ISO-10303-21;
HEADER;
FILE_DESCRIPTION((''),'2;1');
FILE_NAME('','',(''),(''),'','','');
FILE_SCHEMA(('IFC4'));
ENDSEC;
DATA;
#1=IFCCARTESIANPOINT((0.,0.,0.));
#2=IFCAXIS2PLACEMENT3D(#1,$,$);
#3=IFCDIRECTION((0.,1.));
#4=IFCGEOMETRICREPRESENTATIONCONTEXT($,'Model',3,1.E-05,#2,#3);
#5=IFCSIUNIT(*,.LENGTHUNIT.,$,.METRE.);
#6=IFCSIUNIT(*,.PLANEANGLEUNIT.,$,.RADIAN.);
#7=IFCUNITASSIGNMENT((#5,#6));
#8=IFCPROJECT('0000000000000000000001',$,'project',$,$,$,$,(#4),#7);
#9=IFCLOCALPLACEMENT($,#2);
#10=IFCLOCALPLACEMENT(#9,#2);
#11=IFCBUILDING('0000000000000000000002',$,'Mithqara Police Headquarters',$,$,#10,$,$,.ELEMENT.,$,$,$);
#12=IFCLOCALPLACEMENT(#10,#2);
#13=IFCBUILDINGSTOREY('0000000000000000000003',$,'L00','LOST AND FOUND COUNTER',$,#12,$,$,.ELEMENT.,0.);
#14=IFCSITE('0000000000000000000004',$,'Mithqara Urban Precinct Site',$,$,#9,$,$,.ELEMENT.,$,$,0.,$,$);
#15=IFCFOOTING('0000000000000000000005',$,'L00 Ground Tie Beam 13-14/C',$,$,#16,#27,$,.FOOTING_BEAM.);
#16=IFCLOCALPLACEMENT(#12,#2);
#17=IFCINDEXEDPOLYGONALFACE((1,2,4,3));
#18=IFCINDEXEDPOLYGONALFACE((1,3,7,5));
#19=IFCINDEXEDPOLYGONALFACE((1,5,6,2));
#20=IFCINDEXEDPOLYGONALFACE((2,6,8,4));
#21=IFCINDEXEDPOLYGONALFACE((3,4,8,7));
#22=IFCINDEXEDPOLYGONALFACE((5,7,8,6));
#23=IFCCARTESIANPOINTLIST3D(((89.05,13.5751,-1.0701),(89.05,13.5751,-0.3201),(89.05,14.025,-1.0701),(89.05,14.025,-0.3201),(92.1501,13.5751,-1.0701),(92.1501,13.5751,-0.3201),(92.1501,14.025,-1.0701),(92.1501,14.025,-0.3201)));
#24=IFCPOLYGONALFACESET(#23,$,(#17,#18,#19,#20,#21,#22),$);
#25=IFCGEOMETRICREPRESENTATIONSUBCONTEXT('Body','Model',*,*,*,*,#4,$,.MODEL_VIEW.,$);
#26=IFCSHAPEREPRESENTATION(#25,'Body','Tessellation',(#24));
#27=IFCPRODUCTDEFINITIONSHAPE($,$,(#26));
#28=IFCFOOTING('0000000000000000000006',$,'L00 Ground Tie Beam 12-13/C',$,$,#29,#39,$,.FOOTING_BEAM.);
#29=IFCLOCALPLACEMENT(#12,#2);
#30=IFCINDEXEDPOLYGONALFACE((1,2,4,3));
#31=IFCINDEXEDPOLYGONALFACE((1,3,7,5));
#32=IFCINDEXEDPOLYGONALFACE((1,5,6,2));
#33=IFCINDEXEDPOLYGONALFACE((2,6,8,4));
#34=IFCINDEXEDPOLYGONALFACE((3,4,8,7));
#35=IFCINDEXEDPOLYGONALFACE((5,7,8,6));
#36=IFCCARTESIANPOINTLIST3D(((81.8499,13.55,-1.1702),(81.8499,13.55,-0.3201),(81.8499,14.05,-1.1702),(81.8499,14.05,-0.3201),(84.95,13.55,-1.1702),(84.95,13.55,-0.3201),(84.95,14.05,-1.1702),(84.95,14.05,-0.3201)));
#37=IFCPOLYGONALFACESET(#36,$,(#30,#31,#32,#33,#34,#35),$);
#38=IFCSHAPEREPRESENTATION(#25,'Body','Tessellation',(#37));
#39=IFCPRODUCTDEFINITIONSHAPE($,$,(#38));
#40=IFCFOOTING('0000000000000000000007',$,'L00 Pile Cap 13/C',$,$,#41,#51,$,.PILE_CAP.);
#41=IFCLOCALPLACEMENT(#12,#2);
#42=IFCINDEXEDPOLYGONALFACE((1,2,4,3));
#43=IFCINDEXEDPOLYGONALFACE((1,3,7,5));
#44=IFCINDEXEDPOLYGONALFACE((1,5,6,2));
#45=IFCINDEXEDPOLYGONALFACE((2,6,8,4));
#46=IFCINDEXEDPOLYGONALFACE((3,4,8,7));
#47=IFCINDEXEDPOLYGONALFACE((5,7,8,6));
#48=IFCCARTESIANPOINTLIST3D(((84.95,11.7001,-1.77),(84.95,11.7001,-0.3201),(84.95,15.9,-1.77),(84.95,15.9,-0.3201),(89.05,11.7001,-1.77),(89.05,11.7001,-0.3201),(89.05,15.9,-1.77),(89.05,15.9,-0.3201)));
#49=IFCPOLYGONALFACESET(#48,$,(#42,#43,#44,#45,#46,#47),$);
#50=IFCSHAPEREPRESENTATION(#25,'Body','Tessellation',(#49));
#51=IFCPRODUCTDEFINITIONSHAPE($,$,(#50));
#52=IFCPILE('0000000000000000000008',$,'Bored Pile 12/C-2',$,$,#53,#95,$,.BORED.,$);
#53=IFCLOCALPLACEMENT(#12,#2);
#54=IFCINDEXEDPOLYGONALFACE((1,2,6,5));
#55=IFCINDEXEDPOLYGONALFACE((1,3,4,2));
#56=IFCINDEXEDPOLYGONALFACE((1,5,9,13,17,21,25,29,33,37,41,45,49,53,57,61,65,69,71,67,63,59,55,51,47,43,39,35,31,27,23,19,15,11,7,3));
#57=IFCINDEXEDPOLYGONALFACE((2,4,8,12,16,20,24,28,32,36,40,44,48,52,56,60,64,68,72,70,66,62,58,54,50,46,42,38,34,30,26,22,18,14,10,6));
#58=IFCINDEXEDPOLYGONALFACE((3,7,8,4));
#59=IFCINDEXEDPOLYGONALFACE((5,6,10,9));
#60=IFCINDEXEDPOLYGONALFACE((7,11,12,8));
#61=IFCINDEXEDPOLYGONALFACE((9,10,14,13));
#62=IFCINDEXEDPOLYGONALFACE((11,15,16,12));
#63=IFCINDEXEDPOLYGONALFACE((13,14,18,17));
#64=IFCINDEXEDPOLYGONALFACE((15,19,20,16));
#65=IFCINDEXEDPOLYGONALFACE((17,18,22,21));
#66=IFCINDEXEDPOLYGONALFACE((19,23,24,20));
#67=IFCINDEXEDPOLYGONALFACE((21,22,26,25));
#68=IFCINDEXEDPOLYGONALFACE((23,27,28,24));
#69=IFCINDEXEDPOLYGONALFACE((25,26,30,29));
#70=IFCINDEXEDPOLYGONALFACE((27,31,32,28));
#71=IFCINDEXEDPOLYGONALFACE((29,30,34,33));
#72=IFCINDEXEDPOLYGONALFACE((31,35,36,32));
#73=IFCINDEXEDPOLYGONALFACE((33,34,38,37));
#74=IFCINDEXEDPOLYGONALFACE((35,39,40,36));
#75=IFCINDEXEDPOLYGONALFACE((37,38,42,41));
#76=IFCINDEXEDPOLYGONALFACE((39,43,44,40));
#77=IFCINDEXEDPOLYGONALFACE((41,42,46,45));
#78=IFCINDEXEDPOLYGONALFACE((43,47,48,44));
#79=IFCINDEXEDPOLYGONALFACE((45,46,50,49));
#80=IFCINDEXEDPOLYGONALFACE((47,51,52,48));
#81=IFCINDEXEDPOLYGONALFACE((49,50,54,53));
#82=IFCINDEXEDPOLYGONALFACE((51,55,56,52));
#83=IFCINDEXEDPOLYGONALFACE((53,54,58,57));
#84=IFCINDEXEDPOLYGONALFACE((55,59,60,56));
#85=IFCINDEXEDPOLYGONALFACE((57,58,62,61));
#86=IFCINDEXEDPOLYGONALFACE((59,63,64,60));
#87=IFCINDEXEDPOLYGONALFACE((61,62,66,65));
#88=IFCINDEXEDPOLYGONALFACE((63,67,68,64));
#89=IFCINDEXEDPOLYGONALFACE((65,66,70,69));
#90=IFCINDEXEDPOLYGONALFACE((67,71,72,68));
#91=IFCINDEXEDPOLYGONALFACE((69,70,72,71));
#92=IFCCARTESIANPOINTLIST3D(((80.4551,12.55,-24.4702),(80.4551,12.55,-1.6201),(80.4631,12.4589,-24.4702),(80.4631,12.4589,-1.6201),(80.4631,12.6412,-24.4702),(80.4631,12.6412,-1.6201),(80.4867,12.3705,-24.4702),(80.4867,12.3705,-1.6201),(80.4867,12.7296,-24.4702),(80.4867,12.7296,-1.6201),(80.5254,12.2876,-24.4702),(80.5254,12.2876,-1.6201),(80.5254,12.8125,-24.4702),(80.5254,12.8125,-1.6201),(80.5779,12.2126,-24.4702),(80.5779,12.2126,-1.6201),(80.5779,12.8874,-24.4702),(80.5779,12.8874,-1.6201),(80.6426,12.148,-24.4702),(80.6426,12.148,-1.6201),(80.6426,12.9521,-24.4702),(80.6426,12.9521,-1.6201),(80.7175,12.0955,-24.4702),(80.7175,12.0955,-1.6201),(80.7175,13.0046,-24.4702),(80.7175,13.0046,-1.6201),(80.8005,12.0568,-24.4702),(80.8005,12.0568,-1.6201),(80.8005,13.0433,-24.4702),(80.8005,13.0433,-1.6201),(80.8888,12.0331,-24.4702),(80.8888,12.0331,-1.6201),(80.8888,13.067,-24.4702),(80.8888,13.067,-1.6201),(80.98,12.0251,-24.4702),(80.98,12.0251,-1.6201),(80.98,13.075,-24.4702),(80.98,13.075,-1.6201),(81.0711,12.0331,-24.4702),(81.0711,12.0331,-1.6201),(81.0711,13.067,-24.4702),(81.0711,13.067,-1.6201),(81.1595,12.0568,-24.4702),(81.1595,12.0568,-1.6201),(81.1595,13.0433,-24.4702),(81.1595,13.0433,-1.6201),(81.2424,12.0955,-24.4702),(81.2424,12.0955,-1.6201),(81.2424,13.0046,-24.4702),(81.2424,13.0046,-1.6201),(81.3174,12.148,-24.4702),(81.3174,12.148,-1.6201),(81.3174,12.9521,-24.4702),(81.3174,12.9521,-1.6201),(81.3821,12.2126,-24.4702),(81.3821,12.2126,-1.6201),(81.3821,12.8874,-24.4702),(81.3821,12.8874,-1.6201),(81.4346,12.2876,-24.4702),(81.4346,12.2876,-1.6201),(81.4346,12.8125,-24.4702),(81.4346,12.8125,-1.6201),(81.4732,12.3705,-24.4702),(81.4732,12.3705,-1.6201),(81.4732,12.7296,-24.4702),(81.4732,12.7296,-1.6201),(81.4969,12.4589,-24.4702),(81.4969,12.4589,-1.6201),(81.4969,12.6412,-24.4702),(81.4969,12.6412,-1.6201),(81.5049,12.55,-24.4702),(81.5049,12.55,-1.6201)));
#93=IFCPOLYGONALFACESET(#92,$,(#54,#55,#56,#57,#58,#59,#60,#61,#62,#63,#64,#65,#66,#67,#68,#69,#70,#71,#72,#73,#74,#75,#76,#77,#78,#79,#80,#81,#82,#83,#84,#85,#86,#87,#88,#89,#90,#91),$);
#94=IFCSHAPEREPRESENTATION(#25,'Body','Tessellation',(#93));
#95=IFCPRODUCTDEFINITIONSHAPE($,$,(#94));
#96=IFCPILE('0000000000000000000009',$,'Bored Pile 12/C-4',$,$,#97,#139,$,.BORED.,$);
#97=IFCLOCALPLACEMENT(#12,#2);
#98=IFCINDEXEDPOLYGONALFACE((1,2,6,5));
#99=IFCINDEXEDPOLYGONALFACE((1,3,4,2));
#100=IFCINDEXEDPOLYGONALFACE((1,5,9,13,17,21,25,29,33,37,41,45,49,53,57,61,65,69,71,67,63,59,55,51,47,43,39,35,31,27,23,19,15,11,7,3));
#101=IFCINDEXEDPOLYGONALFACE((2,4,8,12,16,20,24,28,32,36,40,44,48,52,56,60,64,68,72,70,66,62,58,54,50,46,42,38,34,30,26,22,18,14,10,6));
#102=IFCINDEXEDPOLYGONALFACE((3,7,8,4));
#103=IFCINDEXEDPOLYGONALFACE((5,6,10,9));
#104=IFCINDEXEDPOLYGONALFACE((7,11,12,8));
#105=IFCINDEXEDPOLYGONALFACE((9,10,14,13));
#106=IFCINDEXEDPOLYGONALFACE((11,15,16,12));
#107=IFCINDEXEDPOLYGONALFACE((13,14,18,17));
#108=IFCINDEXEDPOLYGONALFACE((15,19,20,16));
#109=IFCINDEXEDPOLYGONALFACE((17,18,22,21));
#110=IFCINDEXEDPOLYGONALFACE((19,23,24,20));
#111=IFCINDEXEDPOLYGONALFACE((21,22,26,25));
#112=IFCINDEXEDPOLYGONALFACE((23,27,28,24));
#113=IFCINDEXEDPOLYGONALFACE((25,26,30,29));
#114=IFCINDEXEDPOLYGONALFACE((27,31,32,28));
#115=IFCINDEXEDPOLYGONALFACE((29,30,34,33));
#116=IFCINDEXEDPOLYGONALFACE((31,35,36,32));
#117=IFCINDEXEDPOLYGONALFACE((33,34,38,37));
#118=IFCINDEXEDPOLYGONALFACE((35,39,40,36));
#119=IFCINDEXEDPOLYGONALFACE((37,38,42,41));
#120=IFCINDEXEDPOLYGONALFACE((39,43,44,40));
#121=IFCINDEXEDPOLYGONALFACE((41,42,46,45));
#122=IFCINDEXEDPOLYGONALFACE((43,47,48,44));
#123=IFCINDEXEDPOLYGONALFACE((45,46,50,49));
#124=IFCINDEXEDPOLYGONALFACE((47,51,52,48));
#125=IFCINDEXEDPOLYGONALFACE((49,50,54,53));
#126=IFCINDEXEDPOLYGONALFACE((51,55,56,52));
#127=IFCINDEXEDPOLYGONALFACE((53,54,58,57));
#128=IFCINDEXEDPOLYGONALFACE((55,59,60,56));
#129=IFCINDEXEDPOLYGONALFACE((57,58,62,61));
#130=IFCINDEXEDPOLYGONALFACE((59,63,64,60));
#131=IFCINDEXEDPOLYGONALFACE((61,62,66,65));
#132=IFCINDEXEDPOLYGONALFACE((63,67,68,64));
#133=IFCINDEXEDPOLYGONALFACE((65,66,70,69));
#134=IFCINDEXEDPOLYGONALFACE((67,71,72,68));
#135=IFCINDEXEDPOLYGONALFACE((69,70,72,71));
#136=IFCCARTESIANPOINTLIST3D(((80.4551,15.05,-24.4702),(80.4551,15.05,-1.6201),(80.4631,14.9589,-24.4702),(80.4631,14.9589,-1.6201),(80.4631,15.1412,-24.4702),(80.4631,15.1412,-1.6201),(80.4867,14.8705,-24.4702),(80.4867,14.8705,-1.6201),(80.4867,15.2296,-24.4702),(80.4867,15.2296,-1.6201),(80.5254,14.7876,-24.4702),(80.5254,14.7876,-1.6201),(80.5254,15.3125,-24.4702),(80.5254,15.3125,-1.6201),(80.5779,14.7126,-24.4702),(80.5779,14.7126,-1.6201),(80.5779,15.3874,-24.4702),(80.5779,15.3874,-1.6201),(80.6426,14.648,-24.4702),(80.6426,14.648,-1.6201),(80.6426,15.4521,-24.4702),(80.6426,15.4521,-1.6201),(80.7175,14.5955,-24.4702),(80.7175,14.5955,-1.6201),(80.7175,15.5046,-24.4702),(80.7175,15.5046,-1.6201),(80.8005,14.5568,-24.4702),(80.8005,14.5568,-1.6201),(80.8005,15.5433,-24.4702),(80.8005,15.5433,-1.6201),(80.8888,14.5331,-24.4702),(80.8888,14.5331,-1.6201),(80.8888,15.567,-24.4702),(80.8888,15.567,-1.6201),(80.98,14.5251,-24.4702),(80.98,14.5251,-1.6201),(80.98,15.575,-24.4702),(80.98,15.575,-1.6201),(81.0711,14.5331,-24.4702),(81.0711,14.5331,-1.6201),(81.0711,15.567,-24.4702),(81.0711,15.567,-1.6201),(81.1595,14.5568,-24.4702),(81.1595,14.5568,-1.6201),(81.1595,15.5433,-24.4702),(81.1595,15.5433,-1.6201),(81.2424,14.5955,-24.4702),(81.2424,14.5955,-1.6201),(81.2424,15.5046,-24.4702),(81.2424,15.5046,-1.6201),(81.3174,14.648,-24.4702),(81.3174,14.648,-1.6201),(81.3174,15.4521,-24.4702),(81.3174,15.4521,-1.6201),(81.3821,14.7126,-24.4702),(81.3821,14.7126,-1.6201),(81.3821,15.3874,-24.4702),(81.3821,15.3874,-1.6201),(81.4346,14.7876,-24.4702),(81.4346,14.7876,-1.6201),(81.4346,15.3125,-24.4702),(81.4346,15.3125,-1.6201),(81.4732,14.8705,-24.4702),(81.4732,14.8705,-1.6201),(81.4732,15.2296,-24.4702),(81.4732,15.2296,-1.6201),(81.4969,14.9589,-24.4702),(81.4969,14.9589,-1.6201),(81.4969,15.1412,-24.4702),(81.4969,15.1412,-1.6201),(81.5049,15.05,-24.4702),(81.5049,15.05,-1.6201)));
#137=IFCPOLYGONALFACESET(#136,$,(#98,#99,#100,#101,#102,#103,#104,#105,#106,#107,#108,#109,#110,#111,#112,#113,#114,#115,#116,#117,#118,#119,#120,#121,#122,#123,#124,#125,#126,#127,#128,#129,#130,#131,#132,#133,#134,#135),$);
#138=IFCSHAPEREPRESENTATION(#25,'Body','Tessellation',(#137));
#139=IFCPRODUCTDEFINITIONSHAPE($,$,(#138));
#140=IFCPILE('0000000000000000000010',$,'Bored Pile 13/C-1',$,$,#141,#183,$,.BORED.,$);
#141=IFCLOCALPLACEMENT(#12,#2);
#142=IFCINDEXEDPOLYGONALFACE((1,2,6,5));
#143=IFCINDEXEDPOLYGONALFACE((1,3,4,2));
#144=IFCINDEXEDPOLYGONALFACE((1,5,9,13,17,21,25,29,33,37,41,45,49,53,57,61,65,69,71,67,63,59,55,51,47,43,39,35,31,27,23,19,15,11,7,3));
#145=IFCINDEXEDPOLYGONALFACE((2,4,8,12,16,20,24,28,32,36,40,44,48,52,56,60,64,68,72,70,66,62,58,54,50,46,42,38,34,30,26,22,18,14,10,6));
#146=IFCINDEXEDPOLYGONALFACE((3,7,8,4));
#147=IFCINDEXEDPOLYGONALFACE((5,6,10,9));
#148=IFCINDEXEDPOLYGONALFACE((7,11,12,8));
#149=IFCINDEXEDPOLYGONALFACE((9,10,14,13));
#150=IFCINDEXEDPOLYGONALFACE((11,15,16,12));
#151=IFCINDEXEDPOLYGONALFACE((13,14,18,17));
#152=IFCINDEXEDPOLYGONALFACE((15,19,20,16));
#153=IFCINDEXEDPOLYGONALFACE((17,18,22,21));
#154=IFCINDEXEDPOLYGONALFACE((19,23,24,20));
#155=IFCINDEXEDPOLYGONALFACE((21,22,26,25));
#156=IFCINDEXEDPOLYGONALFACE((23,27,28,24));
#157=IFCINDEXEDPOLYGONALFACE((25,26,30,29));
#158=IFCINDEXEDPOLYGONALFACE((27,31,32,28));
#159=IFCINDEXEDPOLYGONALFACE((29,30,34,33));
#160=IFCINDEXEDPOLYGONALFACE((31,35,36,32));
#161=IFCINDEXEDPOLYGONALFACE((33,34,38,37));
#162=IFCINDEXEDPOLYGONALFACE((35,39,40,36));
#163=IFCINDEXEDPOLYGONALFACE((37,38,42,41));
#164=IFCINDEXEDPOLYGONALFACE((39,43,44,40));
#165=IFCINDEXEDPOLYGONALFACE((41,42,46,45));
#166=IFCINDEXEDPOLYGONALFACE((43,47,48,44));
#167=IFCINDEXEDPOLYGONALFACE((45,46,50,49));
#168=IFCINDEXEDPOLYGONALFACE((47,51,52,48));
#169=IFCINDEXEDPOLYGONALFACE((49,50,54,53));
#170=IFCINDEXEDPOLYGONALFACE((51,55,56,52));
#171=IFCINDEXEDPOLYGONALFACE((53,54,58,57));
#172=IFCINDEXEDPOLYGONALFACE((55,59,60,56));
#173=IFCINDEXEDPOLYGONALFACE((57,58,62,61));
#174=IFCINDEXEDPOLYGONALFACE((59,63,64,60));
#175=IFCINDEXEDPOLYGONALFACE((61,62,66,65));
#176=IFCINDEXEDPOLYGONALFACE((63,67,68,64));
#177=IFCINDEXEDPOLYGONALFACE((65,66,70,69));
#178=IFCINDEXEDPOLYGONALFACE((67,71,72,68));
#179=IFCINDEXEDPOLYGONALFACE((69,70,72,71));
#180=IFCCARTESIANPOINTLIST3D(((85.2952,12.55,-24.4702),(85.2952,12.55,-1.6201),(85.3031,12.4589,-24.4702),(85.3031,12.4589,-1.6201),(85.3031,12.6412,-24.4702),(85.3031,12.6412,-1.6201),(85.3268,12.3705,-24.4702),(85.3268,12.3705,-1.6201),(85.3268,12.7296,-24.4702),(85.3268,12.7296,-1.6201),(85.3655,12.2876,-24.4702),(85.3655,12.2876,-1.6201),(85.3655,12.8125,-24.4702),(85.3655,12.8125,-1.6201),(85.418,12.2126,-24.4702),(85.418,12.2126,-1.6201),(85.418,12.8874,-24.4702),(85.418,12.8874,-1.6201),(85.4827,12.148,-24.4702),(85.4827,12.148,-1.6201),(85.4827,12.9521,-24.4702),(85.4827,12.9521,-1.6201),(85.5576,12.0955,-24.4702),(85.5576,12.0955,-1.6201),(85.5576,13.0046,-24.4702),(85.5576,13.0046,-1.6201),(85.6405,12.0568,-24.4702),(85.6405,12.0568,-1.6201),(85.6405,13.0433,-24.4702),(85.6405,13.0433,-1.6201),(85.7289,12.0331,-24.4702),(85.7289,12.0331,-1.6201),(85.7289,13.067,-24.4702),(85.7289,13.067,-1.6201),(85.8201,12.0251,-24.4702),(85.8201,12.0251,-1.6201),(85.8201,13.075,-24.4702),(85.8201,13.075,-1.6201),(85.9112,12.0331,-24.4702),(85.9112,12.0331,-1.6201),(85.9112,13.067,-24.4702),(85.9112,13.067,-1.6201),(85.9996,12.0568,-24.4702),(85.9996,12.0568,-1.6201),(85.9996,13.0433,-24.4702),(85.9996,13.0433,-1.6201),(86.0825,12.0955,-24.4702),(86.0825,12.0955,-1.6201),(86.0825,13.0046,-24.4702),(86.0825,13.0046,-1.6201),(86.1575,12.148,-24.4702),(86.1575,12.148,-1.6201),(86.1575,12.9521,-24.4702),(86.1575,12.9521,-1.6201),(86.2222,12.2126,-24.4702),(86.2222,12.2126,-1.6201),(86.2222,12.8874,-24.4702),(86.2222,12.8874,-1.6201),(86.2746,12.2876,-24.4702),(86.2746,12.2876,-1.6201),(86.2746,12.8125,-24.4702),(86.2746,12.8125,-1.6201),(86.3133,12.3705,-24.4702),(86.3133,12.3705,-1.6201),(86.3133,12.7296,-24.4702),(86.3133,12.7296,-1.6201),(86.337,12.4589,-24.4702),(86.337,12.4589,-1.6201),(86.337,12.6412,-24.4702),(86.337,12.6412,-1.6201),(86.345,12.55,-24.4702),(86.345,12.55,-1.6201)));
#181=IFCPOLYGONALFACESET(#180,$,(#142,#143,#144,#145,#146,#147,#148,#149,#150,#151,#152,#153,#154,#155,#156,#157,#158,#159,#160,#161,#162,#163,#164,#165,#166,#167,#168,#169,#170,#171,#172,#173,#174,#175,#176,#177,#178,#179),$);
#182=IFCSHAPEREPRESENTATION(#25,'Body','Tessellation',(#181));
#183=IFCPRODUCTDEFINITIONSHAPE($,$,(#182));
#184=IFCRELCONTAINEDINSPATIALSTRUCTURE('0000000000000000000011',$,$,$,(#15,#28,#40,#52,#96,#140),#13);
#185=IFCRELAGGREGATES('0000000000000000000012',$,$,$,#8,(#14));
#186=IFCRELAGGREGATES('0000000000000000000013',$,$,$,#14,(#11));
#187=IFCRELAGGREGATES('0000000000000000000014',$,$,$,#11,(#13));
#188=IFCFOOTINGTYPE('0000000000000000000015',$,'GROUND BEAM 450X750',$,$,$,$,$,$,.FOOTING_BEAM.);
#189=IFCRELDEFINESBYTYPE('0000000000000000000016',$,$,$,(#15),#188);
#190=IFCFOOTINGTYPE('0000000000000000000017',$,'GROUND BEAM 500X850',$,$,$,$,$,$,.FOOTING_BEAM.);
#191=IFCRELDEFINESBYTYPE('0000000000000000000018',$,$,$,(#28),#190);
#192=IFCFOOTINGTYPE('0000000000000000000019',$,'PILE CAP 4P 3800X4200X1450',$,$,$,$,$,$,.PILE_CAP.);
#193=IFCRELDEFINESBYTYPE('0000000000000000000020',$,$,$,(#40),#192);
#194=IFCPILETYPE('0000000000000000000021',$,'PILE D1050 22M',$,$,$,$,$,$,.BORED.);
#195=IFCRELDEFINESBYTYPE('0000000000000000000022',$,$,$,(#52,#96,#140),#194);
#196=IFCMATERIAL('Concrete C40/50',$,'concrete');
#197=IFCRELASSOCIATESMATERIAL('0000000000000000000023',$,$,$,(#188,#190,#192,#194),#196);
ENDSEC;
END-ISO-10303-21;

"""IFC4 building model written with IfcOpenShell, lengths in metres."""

from ifc_helpers import new_model, si_unit, direction, frame, origin, origin_2d, place, context, subcontext, project, spatial, rectangle, circle, extrude, material, material_profile, profile_set, type_object, element, save


model = new_model("IFC4")

# Units and contexts
model_context = context("Model", 3, precision=1e-05, world=origin(), true_north=direction((0.0, 1.0)))
body_context = subcontext(model_context, "Body", "Model", "MODEL_VIEW")
ifc_project = project(units=[si_unit("LENGTHUNIT", "METRE"), si_unit("PLANEANGLEUNIT", "RADIAN")], contexts=[model_context])

# Site, building, storey
site_placement = place(None, origin())
site = spatial("IfcSite", under=ifc_project, at=site_placement, Name="Mithqara Urban Precinct Site", CompositionType="ELEMENT", RefElevation=0.0)
building_placement = place(site_placement, origin())
building = spatial("IfcBuilding", under=site, at=building_placement, Name="Mithqara Police Headquarters", CompositionType="ELEMENT")
storey_placement = place(building_placement, origin())
storey = spatial("IfcBuildingStorey", under=building, at=storey_placement, Name="L00", Description="LOST AND FOUND COUNTER", CompositionType="ELEMENT", Elevation=0.0)

# Footings
ifc_material_1 = material(Name="Concrete C40/50", Category="concrete")
footing_type_1 = type_object("IfcFootingType", Name="GROUND BEAM 450X750", PredefinedType="FOOTING_BEAM", material=ifc_material_1)
footing_1_placement = place(storey_placement, frame((90.6001, 13.8, -1.0701), z_axis=(0.0, 0.0, 1.0), x_axis=(1.0, 0.0, 0.0)))
element("IfcFooting", 1, at=footing_1_placement, inside=storey, type_object=footing_type_1, Name="L00 Ground Tie Beam 13-14/C", PredefinedType="FOOTING_BEAM", context=body_context, shape_type="SweptSolid", body=[
    extrude(rectangle(XDim=3.1001, YDim=0.45, at=origin_2d()), origin(), (0.0, 0.0, 1.0), 0.75),
])
footing_type_2 = type_object("IfcFootingType", Name="GROUND BEAM 500X850", PredefinedType="FOOTING_BEAM", material=ifc_material_1)
footing_2_placement = place(storey_placement, frame((83.3999, 13.8, -1.1702), z_axis=(0.0, 0.0, 1.0), x_axis=(1.0, 0.0, 0.0)))
element("IfcFooting", 2, at=footing_2_placement, inside=storey, type_object=footing_type_2, Name="L00 Ground Tie Beam 12-13/C", PredefinedType="FOOTING_BEAM", context=body_context, shape_type="SweptSolid", body=[
    extrude(rectangle(XDim=3.1001, YDim=0.5, at=origin_2d()), origin(), (0.0, 0.0, 1.0), 0.8501),
])
footing_type_3 = type_object("IfcFootingType", Name="PILE CAP 4P 3800X4200X1450", PredefinedType="PILE_CAP", material=ifc_material_1)
footing_3_placement = place(storey_placement, frame((87.0, 13.8, -1.77), z_axis=(0.0, 0.0, 1.0), x_axis=(1.0, 0.0, 0.0)))
element("IfcFooting", 3, at=footing_3_placement, inside=storey, type_object=footing_type_3, Name="L00 Pile Cap 13/C", PredefinedType="PILE_CAP", context=body_context, shape_type="SweptSolid", body=[
    extrude(rectangle(XDim=4.1001, YDim=4.2, at=origin_2d()), origin(), (0.0, 0.0, 1.0), 1.45),
])

# Piles
ifc_material_profile_1 = material_profile(ifc_material_1, circle(Radius=0.5249, at=origin_2d()), Name="PILE D1050")
ifc_profile_set_1 = profile_set([ifc_material_profile_1], Name="Concrete C40/50")
pile_type = type_object("IfcPileType", Name="PILE D1050 22M", PredefinedType="BORED", material=ifc_profile_set_1)
for number, where, z_axis, x_axis, name in (
    (4, (80.98, 12.55, -1.6201), (0.0, 0.0, -1.0), (1.0, 0.0, 0.0), "Bored Pile 12/C-2"),
    (5, (80.98, 15.05, -1.6201), (0.0, 0.0, -1.0), (1.0, 0.0, 0.0), "Bored Pile 12/C-4"),
    (6, (85.8201, 12.55, -1.6201), (0.0, 0.0, -1.0), (1.0, 0.0, 0.0), "Bored Pile 13/C-1"),
):
    element("IfcPile", number, at=place(storey_placement, frame(where, z_axis=z_axis, x_axis=x_axis)), inside=storey, type_object=pile_type, Name=name, PredefinedType="BORED", context=body_context, shape_type="SweptSolid", body=[
        extrude(circle(Radius=0.5249, at=origin_2d()), origin(), (0.0, 0.0, 1.0), 22.8501),
    ])

save(model, "model.ifc")
